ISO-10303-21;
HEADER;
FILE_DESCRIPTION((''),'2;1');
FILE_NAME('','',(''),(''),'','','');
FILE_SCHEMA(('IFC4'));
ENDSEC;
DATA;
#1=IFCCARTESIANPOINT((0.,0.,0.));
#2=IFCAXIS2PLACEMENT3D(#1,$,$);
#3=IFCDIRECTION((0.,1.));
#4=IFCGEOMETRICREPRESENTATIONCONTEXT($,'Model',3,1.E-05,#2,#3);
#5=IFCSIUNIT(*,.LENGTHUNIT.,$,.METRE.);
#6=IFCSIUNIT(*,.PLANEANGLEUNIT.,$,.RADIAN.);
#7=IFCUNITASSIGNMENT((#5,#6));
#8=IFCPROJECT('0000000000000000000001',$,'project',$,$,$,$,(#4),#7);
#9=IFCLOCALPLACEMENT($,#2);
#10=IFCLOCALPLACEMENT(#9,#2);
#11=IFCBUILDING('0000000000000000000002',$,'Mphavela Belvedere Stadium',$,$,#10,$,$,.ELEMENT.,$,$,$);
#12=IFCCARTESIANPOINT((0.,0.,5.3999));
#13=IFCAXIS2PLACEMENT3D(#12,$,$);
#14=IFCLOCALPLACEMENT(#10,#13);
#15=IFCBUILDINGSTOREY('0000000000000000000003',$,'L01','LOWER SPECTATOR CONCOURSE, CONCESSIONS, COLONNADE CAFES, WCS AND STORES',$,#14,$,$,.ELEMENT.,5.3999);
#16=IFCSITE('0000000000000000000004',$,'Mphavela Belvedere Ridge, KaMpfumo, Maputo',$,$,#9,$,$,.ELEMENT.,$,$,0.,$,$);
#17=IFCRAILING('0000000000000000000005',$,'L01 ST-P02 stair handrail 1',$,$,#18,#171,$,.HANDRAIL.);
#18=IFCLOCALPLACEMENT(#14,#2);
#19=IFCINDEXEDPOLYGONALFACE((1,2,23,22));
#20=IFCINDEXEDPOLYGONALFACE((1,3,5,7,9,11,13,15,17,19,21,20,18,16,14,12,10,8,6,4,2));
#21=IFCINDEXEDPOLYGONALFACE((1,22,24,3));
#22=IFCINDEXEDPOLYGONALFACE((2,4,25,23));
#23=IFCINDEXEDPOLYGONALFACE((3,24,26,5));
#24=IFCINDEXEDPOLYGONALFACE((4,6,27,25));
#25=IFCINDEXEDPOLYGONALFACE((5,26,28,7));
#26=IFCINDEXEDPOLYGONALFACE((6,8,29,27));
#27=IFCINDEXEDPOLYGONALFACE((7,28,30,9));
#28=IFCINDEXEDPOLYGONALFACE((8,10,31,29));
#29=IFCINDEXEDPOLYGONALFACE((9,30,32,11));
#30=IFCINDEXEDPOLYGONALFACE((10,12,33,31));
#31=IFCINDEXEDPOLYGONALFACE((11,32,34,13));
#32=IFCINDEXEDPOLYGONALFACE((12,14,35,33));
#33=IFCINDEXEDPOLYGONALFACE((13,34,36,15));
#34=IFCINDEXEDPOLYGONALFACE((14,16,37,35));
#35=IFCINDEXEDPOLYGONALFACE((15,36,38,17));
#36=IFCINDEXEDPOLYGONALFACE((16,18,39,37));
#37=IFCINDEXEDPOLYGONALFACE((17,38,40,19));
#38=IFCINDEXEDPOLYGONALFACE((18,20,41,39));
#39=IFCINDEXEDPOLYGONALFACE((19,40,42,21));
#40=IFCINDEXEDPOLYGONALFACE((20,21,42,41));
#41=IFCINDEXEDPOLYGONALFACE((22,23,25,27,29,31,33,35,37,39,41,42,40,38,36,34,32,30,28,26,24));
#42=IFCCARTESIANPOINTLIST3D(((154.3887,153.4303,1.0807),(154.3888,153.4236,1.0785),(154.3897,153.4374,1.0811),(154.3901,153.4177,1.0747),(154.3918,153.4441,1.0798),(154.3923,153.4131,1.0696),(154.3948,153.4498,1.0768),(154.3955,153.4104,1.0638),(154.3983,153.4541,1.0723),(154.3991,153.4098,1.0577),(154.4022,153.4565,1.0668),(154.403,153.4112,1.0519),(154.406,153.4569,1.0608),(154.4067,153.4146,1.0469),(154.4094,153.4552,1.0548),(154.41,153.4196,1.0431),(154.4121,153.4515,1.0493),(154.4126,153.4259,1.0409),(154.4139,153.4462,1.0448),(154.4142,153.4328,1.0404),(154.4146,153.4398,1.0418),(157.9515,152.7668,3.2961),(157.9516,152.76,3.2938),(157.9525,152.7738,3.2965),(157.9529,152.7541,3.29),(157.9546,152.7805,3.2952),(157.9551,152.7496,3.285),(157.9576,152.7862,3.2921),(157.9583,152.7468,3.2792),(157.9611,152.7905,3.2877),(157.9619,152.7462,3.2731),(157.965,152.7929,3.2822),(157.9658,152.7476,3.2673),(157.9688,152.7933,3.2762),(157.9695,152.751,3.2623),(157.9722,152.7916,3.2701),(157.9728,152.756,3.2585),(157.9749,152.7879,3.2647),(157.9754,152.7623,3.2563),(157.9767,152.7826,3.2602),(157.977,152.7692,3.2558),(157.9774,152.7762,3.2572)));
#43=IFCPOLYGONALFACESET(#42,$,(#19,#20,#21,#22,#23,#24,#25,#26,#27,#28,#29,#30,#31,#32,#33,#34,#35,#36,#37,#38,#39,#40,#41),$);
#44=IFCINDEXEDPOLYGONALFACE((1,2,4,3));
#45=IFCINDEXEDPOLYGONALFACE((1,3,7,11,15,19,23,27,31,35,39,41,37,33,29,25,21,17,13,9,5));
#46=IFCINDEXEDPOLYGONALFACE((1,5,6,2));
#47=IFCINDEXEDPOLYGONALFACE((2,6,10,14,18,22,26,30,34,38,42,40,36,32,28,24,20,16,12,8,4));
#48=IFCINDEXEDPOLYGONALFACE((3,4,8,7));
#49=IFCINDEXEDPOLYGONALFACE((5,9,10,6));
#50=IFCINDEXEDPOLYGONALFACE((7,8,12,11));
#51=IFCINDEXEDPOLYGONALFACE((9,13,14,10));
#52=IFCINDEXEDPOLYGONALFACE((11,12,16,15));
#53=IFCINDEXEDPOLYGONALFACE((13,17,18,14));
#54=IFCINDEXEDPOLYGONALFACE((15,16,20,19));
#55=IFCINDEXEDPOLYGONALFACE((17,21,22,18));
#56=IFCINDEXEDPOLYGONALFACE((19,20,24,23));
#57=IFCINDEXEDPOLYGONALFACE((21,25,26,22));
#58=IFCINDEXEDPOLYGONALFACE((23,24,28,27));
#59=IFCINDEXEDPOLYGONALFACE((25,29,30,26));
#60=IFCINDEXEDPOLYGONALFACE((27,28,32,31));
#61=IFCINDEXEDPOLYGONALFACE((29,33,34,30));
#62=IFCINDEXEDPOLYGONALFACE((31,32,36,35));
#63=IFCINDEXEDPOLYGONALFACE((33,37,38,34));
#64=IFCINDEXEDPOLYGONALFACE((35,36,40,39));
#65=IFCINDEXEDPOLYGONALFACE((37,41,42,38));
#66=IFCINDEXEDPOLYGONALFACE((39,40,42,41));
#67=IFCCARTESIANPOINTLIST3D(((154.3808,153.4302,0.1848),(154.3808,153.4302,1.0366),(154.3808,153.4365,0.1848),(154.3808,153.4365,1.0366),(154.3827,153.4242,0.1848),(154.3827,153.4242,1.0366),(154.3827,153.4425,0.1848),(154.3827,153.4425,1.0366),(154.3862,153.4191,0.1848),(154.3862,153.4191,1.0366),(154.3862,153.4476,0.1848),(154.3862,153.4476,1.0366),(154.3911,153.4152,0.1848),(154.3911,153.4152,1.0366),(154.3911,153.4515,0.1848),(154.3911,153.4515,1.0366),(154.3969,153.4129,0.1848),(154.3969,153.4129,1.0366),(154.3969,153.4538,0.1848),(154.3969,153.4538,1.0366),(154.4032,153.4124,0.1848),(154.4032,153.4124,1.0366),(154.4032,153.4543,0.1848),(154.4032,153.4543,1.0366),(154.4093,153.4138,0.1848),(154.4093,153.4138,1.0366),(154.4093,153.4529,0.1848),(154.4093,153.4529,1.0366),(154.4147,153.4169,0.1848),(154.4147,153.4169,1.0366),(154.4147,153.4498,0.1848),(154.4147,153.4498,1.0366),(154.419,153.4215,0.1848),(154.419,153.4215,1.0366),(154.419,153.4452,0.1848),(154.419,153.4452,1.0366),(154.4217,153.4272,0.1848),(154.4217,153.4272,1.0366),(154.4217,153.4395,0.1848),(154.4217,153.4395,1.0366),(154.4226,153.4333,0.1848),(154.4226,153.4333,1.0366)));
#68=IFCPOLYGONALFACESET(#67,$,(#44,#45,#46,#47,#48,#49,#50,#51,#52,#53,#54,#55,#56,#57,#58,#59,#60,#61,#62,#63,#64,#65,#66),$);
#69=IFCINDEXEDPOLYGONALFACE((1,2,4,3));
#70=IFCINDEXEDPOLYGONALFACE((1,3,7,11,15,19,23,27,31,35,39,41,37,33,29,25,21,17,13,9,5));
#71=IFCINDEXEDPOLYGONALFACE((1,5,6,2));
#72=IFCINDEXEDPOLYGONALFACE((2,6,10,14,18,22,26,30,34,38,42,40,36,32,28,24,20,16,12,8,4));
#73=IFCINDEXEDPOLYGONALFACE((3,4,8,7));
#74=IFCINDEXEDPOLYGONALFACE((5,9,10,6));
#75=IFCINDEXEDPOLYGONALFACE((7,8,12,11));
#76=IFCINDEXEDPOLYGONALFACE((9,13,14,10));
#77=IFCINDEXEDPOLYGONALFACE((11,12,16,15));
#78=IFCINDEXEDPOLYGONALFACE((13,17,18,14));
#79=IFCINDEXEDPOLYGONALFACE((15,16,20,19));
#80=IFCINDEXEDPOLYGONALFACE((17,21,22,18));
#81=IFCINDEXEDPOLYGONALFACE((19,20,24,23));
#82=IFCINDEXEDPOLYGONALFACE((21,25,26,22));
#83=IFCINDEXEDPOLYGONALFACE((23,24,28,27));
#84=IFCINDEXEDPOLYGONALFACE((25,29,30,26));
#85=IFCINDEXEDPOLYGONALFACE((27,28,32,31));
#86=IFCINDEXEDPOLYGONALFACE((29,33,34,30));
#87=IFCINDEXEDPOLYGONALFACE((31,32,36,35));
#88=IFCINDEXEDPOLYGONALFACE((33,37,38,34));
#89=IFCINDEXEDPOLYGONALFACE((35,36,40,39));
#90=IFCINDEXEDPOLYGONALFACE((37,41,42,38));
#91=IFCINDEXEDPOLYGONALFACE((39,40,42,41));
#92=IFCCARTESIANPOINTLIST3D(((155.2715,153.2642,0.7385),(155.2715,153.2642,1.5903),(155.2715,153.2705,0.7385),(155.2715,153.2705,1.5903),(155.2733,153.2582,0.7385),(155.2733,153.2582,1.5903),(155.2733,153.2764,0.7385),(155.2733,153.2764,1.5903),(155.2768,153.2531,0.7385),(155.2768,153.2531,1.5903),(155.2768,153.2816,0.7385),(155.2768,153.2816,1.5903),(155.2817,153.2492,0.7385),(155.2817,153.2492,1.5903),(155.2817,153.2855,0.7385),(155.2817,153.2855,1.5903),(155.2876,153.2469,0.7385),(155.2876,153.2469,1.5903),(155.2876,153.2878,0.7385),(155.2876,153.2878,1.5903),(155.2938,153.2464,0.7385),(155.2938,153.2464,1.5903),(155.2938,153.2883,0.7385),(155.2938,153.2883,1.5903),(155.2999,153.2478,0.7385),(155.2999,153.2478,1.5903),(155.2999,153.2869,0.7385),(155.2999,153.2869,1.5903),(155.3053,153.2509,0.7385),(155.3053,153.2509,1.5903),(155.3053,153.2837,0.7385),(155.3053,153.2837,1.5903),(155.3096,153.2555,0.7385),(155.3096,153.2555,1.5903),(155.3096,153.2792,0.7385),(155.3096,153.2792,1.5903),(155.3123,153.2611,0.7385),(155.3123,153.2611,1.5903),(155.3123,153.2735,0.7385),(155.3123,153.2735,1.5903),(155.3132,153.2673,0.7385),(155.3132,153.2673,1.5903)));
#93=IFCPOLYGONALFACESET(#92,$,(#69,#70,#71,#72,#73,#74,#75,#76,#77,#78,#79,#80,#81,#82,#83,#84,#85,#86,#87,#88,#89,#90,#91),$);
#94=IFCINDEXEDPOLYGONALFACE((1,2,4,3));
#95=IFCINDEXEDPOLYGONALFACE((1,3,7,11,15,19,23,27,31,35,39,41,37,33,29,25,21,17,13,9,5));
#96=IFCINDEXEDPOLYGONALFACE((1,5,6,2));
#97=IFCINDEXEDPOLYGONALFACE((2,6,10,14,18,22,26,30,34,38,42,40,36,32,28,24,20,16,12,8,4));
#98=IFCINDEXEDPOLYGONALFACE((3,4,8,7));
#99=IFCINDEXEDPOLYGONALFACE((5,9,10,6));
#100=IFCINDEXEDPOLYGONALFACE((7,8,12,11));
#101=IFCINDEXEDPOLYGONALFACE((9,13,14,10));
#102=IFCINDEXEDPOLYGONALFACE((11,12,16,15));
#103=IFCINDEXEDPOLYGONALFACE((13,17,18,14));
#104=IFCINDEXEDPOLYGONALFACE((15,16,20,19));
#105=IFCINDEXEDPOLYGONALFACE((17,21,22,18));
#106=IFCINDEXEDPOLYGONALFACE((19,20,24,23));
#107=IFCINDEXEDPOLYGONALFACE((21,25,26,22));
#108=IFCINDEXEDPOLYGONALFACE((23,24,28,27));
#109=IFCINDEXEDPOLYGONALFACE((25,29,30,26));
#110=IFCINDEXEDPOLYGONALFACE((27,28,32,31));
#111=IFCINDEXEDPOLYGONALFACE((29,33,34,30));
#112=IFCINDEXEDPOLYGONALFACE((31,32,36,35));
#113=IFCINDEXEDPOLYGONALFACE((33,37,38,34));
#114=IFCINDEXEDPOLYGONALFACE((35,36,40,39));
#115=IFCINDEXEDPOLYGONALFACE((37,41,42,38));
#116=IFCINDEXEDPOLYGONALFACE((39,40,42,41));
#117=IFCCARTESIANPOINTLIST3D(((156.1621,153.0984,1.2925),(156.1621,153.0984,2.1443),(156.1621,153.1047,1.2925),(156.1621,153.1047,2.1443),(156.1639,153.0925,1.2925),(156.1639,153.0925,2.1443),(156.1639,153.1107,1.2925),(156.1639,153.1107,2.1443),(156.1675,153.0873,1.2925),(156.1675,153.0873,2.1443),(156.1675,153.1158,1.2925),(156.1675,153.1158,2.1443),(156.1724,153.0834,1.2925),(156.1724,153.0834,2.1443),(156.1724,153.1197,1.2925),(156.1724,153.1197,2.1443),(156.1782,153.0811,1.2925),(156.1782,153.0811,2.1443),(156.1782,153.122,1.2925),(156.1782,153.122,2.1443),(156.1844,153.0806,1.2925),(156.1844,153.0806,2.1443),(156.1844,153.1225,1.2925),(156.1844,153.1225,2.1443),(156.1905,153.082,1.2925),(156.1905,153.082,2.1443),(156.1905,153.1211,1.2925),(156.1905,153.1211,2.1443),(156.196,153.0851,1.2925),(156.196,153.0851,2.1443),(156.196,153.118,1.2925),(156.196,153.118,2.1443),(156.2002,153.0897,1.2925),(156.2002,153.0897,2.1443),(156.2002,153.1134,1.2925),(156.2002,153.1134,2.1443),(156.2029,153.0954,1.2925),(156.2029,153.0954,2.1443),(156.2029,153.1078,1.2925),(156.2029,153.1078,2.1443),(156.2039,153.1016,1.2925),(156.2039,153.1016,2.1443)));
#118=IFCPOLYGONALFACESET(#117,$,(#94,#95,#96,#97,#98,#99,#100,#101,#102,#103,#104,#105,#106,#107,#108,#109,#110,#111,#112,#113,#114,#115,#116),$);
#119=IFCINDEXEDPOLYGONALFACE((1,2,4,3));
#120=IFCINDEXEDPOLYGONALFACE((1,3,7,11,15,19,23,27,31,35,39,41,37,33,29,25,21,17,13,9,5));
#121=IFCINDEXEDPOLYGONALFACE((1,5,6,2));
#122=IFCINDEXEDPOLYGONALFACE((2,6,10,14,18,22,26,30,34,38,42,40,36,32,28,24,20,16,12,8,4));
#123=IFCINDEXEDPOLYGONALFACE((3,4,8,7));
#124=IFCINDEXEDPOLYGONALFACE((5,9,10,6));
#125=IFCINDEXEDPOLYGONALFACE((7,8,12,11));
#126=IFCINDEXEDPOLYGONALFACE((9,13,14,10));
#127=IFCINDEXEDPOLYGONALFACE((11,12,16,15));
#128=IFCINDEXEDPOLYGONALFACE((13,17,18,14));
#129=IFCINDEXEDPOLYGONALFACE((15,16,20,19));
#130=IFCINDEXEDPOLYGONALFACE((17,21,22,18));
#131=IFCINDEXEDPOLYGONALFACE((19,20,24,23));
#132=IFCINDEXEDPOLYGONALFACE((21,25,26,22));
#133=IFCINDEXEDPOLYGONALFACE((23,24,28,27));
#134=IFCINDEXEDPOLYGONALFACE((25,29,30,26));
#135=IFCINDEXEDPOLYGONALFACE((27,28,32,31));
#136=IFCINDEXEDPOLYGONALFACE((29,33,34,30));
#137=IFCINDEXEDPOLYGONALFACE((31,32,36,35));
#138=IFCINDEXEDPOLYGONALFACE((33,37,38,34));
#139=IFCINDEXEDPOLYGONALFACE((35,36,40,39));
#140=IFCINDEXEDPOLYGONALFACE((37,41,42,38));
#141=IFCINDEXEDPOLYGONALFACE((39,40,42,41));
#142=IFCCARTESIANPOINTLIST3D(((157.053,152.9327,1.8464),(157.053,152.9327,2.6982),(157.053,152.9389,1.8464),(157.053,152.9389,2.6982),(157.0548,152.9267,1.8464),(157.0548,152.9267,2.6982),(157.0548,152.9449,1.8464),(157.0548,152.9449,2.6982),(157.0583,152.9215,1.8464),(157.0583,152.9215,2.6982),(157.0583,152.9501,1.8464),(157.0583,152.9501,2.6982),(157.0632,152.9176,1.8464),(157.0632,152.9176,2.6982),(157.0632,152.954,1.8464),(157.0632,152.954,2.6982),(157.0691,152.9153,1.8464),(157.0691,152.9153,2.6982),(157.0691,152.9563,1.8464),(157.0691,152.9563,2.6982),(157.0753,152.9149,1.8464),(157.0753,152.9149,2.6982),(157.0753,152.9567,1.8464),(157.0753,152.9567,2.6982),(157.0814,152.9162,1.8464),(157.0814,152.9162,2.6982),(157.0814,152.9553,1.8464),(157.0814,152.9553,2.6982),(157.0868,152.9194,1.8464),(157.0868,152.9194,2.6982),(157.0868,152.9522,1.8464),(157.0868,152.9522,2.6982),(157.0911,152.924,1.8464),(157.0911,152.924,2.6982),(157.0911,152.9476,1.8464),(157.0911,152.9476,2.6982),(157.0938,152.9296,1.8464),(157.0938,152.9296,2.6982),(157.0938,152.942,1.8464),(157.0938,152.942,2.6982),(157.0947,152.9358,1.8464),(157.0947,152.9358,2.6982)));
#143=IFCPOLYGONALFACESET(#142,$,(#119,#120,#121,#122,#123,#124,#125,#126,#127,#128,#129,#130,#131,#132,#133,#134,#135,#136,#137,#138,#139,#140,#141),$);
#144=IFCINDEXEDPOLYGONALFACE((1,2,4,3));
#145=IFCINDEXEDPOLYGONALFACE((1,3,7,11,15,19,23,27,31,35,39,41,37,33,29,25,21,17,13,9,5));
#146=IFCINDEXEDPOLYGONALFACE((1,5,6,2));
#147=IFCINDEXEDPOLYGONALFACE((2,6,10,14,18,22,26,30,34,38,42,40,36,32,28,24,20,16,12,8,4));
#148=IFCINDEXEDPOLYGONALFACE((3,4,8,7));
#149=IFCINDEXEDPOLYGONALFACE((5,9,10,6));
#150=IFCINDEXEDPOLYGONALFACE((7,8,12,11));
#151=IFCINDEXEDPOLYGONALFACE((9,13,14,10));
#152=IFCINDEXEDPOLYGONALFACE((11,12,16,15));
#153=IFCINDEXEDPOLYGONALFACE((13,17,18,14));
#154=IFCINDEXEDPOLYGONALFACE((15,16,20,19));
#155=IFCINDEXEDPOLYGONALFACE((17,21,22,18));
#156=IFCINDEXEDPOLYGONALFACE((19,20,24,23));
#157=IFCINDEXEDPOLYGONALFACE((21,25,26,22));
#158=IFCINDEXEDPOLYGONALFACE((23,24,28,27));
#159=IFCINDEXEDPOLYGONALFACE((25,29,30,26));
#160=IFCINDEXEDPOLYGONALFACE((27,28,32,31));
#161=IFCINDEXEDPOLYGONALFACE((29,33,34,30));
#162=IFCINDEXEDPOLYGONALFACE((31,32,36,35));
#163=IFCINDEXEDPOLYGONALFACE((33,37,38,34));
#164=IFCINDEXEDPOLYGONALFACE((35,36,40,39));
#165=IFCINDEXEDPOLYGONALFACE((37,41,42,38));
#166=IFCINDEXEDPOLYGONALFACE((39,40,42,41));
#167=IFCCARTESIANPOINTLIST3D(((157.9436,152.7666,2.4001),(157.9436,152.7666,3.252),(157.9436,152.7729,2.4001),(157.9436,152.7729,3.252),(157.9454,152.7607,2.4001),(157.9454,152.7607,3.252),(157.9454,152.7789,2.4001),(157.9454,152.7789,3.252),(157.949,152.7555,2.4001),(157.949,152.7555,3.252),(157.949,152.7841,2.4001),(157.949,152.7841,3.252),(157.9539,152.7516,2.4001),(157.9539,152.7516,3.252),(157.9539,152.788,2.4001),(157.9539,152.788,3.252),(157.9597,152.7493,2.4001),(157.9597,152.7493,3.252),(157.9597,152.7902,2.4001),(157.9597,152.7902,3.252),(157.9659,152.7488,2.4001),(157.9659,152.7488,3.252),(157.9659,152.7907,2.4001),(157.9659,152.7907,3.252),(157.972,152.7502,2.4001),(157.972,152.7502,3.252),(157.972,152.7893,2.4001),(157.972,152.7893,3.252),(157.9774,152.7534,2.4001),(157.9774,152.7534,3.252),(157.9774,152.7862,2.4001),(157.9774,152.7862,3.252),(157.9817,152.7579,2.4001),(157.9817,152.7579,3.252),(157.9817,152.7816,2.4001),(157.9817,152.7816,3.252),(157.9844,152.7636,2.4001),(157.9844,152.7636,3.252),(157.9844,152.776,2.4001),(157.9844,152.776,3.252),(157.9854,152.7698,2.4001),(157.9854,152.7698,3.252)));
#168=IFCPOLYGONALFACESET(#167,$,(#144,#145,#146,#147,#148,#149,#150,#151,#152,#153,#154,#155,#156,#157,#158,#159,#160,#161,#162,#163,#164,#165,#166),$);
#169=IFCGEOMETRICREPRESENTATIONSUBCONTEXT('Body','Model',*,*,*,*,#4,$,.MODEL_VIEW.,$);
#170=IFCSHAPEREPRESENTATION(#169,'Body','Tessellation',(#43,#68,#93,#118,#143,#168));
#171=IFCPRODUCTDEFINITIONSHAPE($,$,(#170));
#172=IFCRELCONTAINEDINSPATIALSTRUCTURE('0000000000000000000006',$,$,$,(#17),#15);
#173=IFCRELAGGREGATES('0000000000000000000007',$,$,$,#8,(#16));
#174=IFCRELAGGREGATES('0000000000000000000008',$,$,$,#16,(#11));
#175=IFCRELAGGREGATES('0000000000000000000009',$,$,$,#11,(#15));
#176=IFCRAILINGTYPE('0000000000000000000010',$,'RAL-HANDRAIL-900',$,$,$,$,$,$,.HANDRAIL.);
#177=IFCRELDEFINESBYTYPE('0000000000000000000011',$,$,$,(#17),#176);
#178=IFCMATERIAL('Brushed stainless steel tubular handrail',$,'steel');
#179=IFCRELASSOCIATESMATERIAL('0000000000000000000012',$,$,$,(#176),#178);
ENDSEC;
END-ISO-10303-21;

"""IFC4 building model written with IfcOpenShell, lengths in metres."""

from ifc_helpers import new_model, si_unit, direction, frame, origin, origin_2d, place, context, subcontext, project, spatial, circle, extrude, material, type_object, element, save


model = new_model("IFC4")

# Units and contexts
model_context = context("Model", 3, precision=1e-05, world=origin(), true_north=direction((0.0, 1.0)))
body_context = subcontext(model_context, "Body", "Model", "MODEL_VIEW")
ifc_project = project(units=[si_unit("LENGTHUNIT", "METRE"), si_unit("PLANEANGLEUNIT", "RADIAN")], contexts=[model_context])

# Site, building, storey
site_placement = place(None, origin())
site = spatial("IfcSite", under=ifc_project, at=site_placement, Name="Mphavela Belvedere Ridge, KaMpfumo, Maputo", CompositionType="ELEMENT", RefElevation=0.0)
building_placement = place(site_placement, origin())
building = spatial("IfcBuilding", under=site, at=building_placement, Name="Mphavela Belvedere Stadium", CompositionType="ELEMENT")
storey_placement = place(building_placement, frame((0.0, 0.0, 5.3999)))
storey = spatial("IfcBuildingStorey", under=building, at=storey_placement, Name="L01", Description="LOWER SPECTATOR CONCOURSE, CONCESSIONS, COLONNADE CAFES, WCS AND STORES", CompositionType="ELEMENT", Elevation=5.3999)

# Railing
ifc_material_1 = material(Name="Brushed stainless steel tubular handrail", Category="steel")
railing_type_1 = type_object("IfcRailingType", Name="RAL-HANDRAIL-900", PredefinedType="HANDRAIL", material=ifc_material_1)
railing_1_placement = place(storey_placement, frame((154.4016, 153.4333, 0.1848)))
element("IfcRailing", 1, at=railing_1_placement, inside=storey, type_object=railing_type_1, Name="L01 ST-P02 stair handrail 1", PredefinedType="HANDRAIL", context=body_context, shape_type="SweptSolid", body=[
    extrude(circle(Radius=0.0239, at=origin_2d()), frame((0.0, 0.0, 0.876), z_axis=(0.838788, -0.156227, 0.521563), x_axis=(0.183105, 0.983093, 0.0)), (0.0, 0.0, 1.0), 4.2476),
    extrude(circle(Radius=0.021, at=origin_2d()), origin(), (0.0, 0.0, 1.0), 0.8518),
    extrude(circle(Radius=0.021, at=origin_2d()), frame((0.8906, -0.166, 0.5537)), (0.0, 0.0, 1.0), 0.8518),
    extrude(circle(Radius=0.021, at=origin_2d()), frame((1.7812, -0.3318, 1.1077)), (0.0, 0.0, 1.0), 0.8518),
    extrude(circle(Radius=0.021, at=origin_2d()), frame((2.6721, -0.4976, 1.6616)), (0.0, 0.0, 1.0), 0.8518),
    extrude(circle(Radius=0.021, at=origin_2d()), frame((3.5627, -0.6636, 2.2153)), (0.0, 0.0, 1.0), 0.8518),
])

save(model, "model.ifc")
